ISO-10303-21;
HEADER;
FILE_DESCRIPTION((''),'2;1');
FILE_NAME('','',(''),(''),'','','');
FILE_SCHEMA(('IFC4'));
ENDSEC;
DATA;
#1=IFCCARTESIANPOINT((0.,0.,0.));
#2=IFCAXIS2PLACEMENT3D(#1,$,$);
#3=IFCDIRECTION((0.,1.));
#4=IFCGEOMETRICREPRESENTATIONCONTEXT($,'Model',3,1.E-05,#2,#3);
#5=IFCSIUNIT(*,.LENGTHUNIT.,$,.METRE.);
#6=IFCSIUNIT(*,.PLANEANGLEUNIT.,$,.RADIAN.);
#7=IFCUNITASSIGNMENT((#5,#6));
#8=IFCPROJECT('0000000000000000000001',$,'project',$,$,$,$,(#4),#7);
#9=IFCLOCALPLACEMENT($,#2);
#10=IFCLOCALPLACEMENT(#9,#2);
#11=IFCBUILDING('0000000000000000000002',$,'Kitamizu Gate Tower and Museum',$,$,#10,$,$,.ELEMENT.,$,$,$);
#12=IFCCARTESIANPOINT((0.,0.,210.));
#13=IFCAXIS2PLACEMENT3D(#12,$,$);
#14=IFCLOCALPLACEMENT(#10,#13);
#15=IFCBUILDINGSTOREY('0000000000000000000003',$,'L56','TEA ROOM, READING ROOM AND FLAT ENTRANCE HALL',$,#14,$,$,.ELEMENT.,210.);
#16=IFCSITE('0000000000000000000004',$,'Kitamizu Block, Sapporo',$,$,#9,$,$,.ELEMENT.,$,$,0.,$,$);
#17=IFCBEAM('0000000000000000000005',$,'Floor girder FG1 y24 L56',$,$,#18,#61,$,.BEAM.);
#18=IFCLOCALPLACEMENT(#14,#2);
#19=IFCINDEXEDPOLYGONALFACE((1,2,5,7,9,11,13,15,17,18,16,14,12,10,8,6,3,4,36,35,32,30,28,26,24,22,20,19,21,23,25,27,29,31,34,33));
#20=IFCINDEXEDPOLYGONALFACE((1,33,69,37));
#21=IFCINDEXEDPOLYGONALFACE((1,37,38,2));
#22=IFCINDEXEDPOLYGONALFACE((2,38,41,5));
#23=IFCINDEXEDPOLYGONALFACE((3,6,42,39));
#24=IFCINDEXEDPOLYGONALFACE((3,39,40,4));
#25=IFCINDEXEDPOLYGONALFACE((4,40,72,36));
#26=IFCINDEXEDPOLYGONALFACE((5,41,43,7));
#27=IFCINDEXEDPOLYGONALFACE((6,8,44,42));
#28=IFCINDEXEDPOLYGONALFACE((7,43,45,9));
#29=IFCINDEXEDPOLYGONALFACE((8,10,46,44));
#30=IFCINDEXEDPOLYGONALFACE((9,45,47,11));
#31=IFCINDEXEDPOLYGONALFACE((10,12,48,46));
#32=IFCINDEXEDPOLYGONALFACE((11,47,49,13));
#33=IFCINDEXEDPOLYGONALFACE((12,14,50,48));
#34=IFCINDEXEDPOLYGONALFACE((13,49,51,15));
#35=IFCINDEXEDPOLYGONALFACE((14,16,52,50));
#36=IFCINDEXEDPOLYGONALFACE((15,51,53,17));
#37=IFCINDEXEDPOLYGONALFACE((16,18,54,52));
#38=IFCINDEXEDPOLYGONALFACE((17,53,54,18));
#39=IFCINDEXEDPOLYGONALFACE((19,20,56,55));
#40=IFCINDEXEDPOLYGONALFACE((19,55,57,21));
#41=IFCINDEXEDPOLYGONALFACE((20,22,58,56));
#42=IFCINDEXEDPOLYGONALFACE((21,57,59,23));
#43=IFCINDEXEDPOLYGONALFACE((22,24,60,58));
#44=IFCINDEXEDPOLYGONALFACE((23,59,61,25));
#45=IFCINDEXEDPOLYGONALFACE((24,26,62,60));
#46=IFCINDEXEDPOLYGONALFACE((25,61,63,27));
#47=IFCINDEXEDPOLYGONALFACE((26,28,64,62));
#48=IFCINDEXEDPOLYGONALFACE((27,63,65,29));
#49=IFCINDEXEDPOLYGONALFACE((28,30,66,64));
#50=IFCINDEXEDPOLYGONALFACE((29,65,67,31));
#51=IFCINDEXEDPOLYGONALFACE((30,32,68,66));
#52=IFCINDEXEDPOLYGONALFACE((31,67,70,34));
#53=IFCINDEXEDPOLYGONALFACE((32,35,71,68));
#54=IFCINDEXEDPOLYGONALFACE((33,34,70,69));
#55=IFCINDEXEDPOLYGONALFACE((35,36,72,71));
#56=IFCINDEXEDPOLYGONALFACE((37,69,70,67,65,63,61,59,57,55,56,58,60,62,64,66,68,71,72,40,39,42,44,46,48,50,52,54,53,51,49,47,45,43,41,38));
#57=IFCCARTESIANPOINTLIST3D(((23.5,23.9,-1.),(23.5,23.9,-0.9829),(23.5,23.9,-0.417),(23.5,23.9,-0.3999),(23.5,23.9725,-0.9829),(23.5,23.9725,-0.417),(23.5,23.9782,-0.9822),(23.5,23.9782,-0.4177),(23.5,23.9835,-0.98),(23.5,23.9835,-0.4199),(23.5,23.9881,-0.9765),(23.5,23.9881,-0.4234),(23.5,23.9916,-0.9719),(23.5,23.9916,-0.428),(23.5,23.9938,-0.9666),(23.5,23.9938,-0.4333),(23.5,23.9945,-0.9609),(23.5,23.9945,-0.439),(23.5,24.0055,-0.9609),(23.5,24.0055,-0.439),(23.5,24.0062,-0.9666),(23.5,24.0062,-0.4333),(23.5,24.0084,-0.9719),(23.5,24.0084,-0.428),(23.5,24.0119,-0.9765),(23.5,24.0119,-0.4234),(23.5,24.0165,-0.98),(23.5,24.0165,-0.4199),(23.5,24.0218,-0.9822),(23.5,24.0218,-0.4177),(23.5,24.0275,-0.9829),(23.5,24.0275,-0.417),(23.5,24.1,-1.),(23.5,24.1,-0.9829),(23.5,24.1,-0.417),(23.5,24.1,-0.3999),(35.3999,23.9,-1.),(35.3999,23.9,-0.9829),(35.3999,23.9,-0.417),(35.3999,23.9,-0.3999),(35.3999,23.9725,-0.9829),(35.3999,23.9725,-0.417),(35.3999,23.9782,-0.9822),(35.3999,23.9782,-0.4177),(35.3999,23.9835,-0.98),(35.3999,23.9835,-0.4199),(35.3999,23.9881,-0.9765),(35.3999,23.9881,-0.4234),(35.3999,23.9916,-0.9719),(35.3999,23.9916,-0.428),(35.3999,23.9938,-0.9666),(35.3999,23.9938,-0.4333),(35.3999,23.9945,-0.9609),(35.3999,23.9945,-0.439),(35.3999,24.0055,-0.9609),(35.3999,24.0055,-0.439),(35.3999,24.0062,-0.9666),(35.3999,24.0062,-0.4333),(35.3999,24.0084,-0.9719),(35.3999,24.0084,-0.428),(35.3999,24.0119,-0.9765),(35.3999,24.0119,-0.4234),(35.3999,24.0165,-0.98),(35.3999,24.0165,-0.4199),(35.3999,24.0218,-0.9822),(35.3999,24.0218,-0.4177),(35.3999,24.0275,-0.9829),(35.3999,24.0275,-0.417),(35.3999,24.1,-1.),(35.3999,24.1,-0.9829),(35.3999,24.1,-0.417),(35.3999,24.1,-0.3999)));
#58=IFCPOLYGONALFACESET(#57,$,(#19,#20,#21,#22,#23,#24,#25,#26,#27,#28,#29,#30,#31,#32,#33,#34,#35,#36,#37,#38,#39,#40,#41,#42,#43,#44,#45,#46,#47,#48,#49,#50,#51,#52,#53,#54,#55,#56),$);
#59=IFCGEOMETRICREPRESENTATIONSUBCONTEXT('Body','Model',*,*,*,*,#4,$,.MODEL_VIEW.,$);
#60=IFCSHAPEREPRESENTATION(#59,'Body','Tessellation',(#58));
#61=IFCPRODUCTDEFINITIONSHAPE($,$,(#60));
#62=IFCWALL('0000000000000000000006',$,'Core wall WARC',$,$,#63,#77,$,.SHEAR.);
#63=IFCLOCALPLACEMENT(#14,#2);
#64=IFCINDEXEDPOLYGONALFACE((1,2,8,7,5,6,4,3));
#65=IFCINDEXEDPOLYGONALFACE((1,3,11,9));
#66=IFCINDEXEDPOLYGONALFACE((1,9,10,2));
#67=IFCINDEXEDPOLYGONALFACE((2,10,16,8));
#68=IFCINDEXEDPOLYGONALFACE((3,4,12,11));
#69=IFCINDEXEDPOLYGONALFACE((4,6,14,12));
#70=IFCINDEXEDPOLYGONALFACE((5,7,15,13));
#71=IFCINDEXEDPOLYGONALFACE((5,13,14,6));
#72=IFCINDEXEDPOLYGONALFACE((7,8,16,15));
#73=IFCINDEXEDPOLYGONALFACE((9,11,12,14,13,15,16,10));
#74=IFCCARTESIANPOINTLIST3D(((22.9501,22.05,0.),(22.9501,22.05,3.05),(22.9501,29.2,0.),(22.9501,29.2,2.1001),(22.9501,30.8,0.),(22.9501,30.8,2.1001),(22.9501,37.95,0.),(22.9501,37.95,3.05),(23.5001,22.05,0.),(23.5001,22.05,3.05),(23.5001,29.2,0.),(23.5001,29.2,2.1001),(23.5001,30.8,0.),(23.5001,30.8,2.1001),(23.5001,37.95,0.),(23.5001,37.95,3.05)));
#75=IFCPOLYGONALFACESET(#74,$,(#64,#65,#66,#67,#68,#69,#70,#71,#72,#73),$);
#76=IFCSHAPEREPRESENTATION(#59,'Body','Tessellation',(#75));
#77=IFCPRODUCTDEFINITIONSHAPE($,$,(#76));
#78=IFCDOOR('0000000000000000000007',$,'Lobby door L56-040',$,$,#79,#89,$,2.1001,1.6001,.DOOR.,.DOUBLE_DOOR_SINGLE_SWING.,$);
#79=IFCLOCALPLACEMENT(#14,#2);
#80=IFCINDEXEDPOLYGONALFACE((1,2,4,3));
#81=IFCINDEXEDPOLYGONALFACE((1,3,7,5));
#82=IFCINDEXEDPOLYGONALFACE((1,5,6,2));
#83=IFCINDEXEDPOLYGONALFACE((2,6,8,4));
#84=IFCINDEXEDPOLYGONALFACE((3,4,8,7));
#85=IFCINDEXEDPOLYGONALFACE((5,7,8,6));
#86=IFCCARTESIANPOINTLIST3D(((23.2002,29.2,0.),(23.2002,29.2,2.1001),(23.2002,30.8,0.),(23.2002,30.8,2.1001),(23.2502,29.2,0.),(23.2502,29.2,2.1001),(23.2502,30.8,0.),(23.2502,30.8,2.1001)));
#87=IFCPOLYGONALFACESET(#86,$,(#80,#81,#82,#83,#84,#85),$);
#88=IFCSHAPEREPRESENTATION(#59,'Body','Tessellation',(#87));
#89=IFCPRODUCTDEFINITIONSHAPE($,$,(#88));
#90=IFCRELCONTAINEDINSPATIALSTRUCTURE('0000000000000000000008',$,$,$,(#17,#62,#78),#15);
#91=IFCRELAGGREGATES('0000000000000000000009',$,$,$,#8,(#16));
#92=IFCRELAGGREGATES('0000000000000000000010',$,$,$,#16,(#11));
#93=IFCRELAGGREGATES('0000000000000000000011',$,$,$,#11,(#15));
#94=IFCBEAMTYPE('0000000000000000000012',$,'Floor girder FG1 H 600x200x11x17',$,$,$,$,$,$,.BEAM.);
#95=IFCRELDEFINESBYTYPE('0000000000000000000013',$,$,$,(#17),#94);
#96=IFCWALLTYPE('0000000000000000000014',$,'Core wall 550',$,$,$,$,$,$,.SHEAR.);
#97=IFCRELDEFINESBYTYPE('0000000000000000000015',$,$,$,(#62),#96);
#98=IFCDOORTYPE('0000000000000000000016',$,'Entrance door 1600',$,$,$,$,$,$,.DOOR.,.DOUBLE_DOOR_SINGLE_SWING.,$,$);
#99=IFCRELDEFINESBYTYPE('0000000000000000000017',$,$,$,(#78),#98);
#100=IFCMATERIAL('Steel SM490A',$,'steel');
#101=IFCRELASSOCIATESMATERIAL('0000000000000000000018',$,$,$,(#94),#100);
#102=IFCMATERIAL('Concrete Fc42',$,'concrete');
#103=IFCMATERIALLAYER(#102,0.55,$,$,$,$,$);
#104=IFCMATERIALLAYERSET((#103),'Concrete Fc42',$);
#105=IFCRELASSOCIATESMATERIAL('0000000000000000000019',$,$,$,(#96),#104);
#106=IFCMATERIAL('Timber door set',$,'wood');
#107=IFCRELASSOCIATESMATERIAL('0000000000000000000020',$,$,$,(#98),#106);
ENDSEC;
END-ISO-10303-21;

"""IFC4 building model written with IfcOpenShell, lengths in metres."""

from ifc_helpers import new_model, si_unit, direction, frame, frame_2d, origin, origin_2d, place, context, subcontext, project, spatial, rectangle, i_section, extrude, material, layer, layer_set, material_profile, profile_set, type_object, element, fill, save


model = new_model("IFC4")

# Units and contexts
model_context = context("Model", 3, precision=1e-05, world=origin(), true_north=direction((0.0, 1.0)))
body_context = subcontext(model_context, "Body", "Model", "MODEL_VIEW")
ifc_project = project(units=[si_unit("LENGTHUNIT", "METRE"), si_unit("PLANEANGLEUNIT", "RADIAN")], contexts=[model_context])

# Site, building, storey
site_placement = place(None, origin())
site = spatial("IfcSite", under=ifc_project, at=site_placement, Name="Kitamizu Block, Sapporo", CompositionType="ELEMENT", RefElevation=0.0)
building_placement = place(site_placement, origin())
building = spatial("IfcBuilding", under=site, at=building_placement, Name="Kitamizu Gate Tower and Museum", CompositionType="ELEMENT")
storey_placement = place(building_placement, frame((0.0, 0.0, 210.0)))
storey = spatial("IfcBuildingStorey", under=building, at=storey_placement, Name="L56", Description="TEA ROOM, READING ROOM AND FLAT ENTRANCE HALL", CompositionType="ELEMENT", Elevation=210.0)

# Beam
ifc_material_1 = material(Name="Steel SM490A", Category="steel")
ifc_material_profile = material_profile(ifc_material_1, i_section(OverallWidth=0.2, OverallDepth=0.6001, WebThickness=0.011, FlangeThickness=0.0171, FilletRadius=0.022, at=origin_2d()), Name="H-600x200x11x17")
ifc_profile_set = profile_set([ifc_material_profile], Name="Steel SM490A")
beam_type = type_object("IfcBeamType", Name="Floor girder FG1 H 600x200x11x17", PredefinedType="BEAM", material=ifc_profile_set)
beam_placement = place(storey_placement, frame((23.5, 24.0, -0.7), z_axis=(1.0, 0.0, 0.0), x_axis=(0.0, 1.0, 0.0)))
element("IfcBeam", 1, at=beam_placement, inside=storey, type_object=beam_type, Name="Floor girder FG1 y24 L56", PredefinedType="BEAM", context=body_context, shape_type="SweptSolid", body=[
    extrude(i_section(OverallWidth=0.2, OverallDepth=0.6001, WebThickness=0.011, FlangeThickness=0.0171, FilletRadius=0.022, at=origin_2d()), origin(), (0.0, 0.0, 1.0), 11.8999),
])

# Wall, opening, door
ifc_material_2 = material(Name="Concrete Fc42", Category="concrete")
ifc_layer_1 = layer(ifc_material_2, 0.55)
ifc_layer_set_1 = layer_set([ifc_layer_1], Name="Concrete Fc42")
wall_type_1 = type_object("IfcWallType", Name="Core wall 550", PredefinedType="SHEAR", material=ifc_layer_set_1)
wall_1_placement = place(storey_placement, frame((23.2251, 22.05, 0.0), z_axis=(0.0, 0.0, 1.0), x_axis=(0.0, 1.0, 0.0)))
wall_1 = element("IfcWall", 2, at=wall_1_placement, inside=storey, type_object=wall_type_1, Name="Core wall WARC", PredefinedType="SHEAR", context=body_context, shape_type="SweptSolid", body=[
    extrude(rectangle(XDim=15.8999, YDim=0.55, at=frame_2d((7.95, 0.0))), origin(), (0.0, 0.0, 1.0), 3.05),
])
opening_1_placement = place(wall_1_placement, frame((7.1499, 0.0, 0.0)))
opening_1 = element("IfcOpeningElement", 3, at=opening_1_placement, cuts=wall_1, PredefinedType="OPENING", context=body_context, shape_type="SweptSolid", body=[
    extrude(rectangle(XDim=1.6001, YDim=2.1001, at=frame_2d((0.8, 1.05))), frame((0.0, 0.2852, 0.0), z_axis=(0.0, -1.0, 0.0), x_axis=(1.0, 0.0, 0.0)), (0.0, 0.0, 1.0), 0.5701),
])
ifc_material_3 = material(Name="Timber door set", Category="wood")
door_type_1 = type_object("IfcDoorType", Name="Entrance door 1600", OperationType="DOUBLE_DOOR_SINGLE_SWING", PredefinedType="DOOR", material=ifc_material_3)
door_1_placement = place(opening_1_placement, origin())
door_1 = element("IfcDoor", 4, at=door_1_placement, inside=storey, type_object=door_type_1, Name="Lobby door L56-040", OperationType="DOUBLE_DOOR_SINGLE_SWING", OverallHeight=2.1001, OverallWidth=1.6001, PredefinedType="DOOR", context=body_context, shape_type="SweptSolid", body=[
    extrude(rectangle(XDim=1.6001, YDim=2.1001, at=frame_2d((0.8, 1.05))), frame((0.0, 0.0249, 0.0), z_axis=(0.0, -1.0, 0.0), x_axis=(1.0, 0.0, 0.0)), (0.0, 0.0, 1.0), 0.05),
])
fill(opening_1, door_1)

save(model, "model.ifc")
